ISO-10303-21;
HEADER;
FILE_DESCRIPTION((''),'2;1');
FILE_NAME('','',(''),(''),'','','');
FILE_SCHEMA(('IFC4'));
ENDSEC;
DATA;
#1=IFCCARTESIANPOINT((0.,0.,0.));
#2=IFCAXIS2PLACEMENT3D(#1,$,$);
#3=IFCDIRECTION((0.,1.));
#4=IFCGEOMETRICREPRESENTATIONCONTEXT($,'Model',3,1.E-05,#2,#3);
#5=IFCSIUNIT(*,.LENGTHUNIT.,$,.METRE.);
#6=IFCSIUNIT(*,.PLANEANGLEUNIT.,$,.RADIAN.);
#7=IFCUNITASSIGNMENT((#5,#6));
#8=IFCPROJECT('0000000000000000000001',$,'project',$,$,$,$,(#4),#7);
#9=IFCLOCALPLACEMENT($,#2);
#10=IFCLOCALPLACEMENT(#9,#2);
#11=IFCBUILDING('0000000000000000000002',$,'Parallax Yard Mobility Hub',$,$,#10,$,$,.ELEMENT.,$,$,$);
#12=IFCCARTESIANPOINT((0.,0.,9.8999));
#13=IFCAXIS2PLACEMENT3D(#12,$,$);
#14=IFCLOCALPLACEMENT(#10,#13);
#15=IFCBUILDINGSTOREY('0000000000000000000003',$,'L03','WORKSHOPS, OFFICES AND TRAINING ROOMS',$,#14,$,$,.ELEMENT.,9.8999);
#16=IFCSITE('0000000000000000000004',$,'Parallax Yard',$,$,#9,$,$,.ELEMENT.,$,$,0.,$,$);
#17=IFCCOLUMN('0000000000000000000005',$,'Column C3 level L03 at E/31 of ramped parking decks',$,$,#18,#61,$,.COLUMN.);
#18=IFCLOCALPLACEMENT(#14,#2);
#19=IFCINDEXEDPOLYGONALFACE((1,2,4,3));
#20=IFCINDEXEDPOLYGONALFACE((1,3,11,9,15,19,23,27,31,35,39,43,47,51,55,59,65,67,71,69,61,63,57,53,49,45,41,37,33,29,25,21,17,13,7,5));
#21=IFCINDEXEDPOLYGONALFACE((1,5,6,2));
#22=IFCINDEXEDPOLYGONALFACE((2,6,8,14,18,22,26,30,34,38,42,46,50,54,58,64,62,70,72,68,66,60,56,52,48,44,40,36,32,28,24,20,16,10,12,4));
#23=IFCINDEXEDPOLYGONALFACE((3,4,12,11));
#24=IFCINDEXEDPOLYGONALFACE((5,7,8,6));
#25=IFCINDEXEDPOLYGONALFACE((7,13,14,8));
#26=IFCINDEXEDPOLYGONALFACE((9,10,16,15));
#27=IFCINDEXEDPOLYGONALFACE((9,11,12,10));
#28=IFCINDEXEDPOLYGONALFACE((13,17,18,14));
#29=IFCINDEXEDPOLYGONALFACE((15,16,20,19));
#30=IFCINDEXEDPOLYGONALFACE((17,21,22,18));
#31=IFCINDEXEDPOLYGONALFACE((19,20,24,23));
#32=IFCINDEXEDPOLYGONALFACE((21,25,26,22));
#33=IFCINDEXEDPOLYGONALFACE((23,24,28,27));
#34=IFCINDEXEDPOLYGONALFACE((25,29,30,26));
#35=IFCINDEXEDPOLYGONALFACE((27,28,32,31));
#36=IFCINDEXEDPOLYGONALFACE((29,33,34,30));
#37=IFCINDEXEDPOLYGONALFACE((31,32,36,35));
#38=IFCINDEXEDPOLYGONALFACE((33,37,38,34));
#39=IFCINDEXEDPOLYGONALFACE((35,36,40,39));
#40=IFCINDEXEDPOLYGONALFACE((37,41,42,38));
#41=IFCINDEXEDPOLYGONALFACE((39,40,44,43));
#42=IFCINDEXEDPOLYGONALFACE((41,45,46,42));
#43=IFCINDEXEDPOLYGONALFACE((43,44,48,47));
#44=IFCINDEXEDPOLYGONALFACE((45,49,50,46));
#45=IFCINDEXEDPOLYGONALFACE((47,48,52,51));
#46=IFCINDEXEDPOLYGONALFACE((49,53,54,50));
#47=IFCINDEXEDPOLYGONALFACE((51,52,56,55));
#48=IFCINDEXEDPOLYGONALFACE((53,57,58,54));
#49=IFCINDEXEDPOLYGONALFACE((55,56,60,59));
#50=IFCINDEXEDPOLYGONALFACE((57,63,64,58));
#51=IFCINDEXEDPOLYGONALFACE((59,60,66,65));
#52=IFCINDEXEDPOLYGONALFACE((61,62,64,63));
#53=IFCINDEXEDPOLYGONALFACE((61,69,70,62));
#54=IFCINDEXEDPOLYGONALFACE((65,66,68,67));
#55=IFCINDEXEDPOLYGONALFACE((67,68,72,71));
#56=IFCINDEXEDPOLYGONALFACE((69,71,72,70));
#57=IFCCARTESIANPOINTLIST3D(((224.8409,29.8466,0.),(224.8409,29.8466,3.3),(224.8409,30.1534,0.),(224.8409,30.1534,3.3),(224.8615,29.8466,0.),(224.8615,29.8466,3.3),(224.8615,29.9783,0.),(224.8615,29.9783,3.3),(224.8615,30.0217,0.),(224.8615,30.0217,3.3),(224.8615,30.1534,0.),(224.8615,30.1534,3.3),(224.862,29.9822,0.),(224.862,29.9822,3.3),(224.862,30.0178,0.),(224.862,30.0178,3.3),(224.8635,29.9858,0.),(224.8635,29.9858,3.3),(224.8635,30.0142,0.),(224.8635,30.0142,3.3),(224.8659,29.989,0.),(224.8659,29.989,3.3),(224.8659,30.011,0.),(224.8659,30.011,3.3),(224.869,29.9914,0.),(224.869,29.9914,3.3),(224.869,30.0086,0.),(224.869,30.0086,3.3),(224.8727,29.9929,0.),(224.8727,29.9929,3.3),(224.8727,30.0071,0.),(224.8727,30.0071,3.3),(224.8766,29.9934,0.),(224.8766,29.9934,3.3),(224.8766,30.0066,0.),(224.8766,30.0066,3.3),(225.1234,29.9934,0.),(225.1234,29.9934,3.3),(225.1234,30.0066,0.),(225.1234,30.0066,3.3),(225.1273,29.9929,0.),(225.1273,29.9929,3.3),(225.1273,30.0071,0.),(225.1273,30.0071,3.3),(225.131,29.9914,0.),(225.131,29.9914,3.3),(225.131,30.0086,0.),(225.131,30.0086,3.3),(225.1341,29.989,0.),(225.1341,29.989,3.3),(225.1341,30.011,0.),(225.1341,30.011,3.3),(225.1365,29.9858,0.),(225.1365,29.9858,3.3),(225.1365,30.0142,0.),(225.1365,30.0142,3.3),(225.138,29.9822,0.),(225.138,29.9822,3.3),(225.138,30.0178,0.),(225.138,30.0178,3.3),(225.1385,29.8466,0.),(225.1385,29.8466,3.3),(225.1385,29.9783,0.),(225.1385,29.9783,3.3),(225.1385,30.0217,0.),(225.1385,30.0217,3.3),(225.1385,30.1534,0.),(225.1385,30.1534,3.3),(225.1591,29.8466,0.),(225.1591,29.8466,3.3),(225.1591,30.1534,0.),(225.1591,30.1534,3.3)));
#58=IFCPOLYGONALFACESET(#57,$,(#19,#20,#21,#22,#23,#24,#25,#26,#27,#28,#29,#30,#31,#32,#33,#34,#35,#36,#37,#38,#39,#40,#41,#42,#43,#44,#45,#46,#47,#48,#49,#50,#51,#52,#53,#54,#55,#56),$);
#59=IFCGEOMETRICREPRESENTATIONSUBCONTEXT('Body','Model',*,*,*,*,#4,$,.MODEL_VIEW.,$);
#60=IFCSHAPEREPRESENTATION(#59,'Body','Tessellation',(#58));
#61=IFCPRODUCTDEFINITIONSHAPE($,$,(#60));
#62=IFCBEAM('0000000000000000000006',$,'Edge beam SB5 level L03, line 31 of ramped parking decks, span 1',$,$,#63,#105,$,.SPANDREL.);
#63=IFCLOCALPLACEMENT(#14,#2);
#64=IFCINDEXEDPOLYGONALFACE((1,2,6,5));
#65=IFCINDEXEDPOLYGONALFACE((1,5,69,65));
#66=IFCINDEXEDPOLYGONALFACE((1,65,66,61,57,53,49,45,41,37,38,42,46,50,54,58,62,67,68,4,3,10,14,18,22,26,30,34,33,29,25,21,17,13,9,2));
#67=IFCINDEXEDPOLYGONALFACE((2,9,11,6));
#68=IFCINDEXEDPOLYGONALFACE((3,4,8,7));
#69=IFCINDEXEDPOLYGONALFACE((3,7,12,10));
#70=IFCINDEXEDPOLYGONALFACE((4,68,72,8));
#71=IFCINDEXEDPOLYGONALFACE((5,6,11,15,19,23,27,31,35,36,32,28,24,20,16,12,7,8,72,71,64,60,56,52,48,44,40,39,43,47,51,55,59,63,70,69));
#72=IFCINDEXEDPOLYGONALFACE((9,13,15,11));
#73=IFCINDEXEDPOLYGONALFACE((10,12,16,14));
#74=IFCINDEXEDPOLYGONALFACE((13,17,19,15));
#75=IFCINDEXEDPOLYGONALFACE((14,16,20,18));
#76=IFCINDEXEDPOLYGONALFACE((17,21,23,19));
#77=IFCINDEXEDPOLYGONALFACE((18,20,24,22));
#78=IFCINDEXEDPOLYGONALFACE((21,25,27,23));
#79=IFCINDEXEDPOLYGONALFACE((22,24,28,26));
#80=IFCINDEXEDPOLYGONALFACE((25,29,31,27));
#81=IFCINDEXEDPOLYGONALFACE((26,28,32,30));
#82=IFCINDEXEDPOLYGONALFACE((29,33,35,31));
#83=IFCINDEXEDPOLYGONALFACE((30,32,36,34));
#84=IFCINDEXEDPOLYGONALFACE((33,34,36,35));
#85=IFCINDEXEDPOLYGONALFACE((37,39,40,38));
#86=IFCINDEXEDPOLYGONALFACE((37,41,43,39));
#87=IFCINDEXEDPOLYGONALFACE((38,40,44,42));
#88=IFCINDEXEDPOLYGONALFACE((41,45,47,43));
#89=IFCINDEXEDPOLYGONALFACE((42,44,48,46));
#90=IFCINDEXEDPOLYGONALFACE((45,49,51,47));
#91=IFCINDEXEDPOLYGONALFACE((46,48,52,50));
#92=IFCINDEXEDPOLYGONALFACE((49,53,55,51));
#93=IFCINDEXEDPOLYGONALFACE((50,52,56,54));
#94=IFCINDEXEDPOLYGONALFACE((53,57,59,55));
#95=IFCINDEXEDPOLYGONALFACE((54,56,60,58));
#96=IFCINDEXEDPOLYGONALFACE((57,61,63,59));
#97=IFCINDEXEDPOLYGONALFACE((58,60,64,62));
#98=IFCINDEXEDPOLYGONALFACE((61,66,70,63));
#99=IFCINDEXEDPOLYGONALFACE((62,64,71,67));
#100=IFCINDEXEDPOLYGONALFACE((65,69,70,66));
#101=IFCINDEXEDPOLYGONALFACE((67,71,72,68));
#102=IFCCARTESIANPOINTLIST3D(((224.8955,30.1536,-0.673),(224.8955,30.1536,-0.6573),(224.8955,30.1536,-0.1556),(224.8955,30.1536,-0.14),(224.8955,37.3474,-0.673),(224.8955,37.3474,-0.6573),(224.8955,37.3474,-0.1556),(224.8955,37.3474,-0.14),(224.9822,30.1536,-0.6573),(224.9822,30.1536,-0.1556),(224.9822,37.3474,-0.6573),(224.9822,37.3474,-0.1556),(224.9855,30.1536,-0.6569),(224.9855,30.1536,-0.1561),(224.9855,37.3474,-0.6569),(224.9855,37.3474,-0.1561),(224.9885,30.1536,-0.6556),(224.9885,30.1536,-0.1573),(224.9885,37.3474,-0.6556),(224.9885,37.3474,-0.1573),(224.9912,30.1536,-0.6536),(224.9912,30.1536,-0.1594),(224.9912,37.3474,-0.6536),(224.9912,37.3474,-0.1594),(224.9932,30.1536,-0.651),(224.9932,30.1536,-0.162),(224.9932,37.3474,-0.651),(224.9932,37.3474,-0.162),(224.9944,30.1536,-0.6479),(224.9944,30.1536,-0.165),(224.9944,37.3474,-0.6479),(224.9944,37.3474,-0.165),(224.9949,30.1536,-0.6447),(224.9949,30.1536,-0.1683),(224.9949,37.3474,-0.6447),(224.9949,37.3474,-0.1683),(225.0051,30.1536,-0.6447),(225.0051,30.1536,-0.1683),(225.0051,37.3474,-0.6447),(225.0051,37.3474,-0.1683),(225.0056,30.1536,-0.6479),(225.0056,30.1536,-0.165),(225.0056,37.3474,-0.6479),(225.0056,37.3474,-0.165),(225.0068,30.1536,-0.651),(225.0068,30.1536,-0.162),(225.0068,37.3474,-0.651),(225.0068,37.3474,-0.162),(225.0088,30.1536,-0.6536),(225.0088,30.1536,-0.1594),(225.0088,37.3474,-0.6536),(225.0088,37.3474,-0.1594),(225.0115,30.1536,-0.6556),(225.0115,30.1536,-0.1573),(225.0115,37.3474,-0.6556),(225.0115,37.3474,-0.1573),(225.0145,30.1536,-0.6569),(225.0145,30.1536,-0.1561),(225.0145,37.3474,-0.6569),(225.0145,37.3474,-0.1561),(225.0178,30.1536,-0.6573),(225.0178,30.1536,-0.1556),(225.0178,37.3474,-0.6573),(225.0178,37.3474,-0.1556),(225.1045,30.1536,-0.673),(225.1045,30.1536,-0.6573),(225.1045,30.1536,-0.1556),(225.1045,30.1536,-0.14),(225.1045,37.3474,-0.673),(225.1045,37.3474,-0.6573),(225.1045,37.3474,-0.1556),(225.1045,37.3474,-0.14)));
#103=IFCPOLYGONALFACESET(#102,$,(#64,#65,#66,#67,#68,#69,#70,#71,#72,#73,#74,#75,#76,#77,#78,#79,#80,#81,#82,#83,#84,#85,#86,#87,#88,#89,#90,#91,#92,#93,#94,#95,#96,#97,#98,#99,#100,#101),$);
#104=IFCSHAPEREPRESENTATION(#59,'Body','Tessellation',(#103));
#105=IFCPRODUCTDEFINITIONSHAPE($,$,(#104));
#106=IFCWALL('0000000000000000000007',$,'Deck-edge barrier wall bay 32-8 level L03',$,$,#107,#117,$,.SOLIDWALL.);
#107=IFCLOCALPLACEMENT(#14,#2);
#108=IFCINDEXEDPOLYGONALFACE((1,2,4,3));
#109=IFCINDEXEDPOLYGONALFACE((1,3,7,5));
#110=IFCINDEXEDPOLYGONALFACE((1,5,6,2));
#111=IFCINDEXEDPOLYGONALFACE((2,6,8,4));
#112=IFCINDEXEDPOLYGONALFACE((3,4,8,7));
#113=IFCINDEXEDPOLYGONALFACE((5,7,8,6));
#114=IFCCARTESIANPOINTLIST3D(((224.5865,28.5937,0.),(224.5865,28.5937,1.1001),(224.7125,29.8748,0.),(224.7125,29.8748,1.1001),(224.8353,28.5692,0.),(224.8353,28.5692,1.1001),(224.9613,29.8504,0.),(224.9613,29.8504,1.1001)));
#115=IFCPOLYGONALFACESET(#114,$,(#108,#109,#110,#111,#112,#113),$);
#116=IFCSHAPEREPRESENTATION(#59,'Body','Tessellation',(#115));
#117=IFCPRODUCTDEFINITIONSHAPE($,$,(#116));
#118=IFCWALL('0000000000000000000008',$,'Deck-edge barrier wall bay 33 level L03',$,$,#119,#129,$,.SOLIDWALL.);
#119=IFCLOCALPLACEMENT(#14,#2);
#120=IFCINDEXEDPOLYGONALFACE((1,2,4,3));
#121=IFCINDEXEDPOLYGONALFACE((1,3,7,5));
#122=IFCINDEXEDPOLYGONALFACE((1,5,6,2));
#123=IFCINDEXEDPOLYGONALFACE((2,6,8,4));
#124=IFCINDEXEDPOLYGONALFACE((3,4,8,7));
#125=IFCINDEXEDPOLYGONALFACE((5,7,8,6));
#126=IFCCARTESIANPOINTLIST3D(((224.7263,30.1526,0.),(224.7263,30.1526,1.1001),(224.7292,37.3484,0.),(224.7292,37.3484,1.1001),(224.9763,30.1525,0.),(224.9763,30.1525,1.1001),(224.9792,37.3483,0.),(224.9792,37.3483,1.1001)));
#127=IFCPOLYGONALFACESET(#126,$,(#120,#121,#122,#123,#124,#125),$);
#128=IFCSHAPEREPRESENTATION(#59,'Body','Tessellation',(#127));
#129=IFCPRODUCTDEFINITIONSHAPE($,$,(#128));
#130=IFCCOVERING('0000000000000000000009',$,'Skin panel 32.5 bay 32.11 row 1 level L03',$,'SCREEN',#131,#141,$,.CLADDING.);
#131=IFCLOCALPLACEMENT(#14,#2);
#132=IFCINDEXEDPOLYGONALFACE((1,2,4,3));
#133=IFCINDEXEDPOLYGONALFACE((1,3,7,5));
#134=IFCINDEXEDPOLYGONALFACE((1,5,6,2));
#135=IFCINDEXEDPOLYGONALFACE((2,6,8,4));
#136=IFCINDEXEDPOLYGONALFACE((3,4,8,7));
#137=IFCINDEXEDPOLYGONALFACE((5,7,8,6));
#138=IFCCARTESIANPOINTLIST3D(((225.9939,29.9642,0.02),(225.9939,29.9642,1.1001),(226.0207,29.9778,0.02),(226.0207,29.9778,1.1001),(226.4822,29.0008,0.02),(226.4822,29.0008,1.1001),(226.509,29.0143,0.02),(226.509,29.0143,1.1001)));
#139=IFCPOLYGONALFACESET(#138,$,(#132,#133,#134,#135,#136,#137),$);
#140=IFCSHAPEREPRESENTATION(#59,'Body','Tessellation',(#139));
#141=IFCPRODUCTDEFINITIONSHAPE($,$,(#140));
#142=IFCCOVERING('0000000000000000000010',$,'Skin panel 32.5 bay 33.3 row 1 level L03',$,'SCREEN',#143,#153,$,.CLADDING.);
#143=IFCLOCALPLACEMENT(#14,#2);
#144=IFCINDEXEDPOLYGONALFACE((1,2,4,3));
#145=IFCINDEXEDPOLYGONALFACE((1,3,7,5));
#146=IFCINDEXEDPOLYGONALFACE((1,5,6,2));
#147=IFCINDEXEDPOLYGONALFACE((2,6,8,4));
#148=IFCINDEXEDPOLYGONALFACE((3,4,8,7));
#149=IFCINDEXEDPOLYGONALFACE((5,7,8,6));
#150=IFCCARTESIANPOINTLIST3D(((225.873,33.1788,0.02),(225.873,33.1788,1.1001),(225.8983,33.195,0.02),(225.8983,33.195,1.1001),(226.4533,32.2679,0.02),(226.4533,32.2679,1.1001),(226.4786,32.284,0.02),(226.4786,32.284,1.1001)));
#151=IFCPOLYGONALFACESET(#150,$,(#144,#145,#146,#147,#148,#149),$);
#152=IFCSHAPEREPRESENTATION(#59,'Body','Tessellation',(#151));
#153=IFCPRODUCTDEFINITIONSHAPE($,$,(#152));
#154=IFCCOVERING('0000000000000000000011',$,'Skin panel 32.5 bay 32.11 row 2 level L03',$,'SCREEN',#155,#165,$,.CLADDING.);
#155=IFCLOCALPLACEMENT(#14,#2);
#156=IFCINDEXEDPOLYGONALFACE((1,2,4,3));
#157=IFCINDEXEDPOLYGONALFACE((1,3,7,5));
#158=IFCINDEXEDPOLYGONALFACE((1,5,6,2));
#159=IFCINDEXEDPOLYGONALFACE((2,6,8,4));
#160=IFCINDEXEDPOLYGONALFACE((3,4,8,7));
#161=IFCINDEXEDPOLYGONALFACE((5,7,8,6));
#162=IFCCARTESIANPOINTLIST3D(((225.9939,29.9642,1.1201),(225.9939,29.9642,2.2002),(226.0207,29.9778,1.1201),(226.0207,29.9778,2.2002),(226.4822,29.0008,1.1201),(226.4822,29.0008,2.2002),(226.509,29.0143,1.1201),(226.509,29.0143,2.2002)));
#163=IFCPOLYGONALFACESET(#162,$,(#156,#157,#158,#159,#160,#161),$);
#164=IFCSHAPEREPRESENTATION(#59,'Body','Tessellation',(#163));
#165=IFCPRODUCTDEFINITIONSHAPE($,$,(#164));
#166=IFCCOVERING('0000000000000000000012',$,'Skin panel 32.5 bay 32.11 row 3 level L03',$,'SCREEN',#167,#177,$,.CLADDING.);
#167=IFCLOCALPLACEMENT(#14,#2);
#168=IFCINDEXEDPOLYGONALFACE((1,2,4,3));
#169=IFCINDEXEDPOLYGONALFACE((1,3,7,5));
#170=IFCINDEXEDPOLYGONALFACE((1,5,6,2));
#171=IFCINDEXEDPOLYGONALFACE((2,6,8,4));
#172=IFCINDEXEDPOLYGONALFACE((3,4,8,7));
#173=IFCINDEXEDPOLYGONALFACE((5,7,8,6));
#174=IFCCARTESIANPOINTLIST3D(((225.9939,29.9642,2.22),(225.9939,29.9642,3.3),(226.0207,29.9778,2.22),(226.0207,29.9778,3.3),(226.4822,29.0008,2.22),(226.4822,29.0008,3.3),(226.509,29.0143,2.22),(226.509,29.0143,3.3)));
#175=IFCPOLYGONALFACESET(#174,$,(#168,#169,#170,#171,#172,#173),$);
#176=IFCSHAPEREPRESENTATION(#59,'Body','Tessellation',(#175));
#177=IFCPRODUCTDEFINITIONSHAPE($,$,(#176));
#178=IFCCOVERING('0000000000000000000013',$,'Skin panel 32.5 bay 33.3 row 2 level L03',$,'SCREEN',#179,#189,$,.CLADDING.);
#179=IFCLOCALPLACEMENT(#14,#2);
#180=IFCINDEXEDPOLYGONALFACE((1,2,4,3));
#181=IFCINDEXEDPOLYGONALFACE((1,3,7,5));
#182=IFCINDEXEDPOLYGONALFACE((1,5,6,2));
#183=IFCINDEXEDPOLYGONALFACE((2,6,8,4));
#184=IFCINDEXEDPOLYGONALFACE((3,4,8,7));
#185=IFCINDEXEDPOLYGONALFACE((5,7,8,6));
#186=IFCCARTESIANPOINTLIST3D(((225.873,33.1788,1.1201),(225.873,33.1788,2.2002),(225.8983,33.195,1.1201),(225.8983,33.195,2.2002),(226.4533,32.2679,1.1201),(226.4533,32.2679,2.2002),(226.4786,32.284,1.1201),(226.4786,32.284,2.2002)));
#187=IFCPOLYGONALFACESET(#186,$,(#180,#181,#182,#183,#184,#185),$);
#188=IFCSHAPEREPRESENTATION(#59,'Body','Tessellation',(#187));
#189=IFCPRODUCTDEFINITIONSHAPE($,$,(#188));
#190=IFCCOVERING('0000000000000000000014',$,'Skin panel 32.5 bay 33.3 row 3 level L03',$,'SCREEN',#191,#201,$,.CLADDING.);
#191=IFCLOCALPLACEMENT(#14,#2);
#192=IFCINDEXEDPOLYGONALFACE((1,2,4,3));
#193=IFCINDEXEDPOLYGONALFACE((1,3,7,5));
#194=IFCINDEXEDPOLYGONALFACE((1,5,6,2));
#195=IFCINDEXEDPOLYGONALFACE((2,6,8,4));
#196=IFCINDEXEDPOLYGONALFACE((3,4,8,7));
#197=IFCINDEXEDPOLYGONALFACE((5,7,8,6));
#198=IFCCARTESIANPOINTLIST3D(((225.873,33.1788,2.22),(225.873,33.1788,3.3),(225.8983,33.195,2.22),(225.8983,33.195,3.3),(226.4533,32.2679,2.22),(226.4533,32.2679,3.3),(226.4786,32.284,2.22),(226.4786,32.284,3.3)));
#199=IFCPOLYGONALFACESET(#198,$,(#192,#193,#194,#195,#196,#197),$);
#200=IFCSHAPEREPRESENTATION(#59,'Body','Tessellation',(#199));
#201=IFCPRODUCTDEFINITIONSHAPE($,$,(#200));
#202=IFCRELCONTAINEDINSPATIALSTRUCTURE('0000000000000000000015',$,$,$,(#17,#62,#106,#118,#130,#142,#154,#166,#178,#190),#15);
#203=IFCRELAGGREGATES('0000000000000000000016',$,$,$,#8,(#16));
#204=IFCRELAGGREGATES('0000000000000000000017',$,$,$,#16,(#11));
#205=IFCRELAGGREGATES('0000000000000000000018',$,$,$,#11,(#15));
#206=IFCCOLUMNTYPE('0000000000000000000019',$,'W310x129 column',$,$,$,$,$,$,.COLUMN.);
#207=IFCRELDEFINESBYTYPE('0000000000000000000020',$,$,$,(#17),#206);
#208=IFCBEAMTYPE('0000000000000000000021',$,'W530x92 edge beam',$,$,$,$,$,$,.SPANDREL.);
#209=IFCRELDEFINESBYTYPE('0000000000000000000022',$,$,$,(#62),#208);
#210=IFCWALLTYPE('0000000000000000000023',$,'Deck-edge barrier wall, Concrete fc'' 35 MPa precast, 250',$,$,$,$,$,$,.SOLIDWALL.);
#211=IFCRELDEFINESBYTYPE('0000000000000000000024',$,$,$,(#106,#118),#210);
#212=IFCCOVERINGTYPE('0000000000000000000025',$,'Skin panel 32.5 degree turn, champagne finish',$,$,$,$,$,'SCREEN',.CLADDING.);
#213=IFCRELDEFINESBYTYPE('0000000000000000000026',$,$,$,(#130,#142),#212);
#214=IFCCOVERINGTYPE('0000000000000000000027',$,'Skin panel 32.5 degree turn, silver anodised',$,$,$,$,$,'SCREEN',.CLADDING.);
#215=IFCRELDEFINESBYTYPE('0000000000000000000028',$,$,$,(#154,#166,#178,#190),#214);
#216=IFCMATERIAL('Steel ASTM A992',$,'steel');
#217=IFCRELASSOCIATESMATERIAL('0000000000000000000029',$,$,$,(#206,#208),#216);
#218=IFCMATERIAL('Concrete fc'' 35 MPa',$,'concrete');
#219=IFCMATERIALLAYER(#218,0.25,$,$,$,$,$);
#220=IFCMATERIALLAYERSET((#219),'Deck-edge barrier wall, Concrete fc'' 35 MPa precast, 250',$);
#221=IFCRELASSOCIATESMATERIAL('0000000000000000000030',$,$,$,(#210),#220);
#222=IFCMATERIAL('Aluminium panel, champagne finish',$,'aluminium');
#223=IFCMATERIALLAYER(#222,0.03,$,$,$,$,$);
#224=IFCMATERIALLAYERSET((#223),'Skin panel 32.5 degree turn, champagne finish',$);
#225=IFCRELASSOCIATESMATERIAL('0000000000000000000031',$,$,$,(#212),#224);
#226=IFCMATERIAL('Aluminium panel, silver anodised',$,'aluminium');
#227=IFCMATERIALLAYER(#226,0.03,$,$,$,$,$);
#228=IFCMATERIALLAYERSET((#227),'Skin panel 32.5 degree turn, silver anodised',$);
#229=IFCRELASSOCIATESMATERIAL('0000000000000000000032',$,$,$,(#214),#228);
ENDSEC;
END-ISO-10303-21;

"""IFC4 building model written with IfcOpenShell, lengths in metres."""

from ifc_helpers import new_model, si_unit, direction, frame, frame_2d, origin, origin_2d, place, context, subcontext, project, spatial, rectangle, i_section, extrude, material, layer, layer_set, material_profile, profile_set, type_object, element, save


model = new_model("IFC4")

# Units and contexts
model_context = context("Model", 3, precision=1e-05, world=origin(), true_north=direction((0.0, 1.0)))
body_context = subcontext(model_context, "Body", "Model", "MODEL_VIEW")
ifc_project = project(units=[si_unit("LENGTHUNIT", "METRE"), si_unit("PLANEANGLEUNIT", "RADIAN")], contexts=[model_context])

# Site, building, storey
site_placement = place(None, origin())
site = spatial("IfcSite", under=ifc_project, at=site_placement, Name="Parallax Yard", CompositionType="ELEMENT", RefElevation=0.0)
building_placement = place(site_placement, origin())
building = spatial("IfcBuilding", under=site, at=building_placement, Name="Parallax Yard Mobility Hub", CompositionType="ELEMENT")
storey_placement = place(building_placement, frame((0.0, 0.0, 9.8999)))
storey = spatial("IfcBuildingStorey", under=building, at=storey_placement, Name="L03", Description="WORKSHOPS, OFFICES AND TRAINING ROOMS", CompositionType="ELEMENT", Elevation=9.8999)

# Column
ifc_material_1 = material(Name="Steel ASTM A992", Category="steel")
ifc_material_profile_1 = material_profile(ifc_material_1, i_section(OverallWidth=0.3069, OverallDepth=0.3181, WebThickness=0.0132, FlangeThickness=0.0205, FilletRadius=0.0151, at=origin_2d()), Name="W310x129")
ifc_profile_set_1 = profile_set([ifc_material_profile_1], Name="Steel ASTM A992")
column_type = type_object("IfcColumnType", Name="W310x129 column", PredefinedType="COLUMN", material=ifc_profile_set_1)
column_placement = place(storey_placement, frame((225.0, 30.0, 0.0), z_axis=(0.0, 0.0, 1.0), x_axis=(0.0, 1.0, 0.0)))
element("IfcColumn", 1, at=column_placement, inside=storey, type_object=column_type, Name="Column C3 level L03 at E/31 of ramped parking decks", PredefinedType="COLUMN", context=body_context, shape_type="SweptSolid", body=[
    extrude(i_section(OverallWidth=0.3069, OverallDepth=0.3181, WebThickness=0.0132, FlangeThickness=0.0205, FilletRadius=0.0151, at=origin_2d()), origin(), (0.0, 0.0, 1.0), 3.3),
])

# Beam
ifc_material_profile_2 = material_profile(ifc_material_1, i_section(OverallWidth=0.209, OverallDepth=0.533, WebThickness=0.0103, FlangeThickness=0.0156, FilletRadius=0.0127, at=origin_2d()), Name="W530x92")
ifc_profile_set_2 = profile_set([ifc_material_profile_2], Name="Steel ASTM A992")
beam_type = type_object("IfcBeamType", Name="W530x92 edge beam", PredefinedType="SPANDREL", material=ifc_profile_set_2)
beam_placement = place(storey_placement, frame((225.0, 30.1536, -0.4065), z_axis=(0.0, 1.0, 0.0), x_axis=(-1.0, 0.0, 0.0)))
element("IfcBeam", 2, at=beam_placement, inside=storey, type_object=beam_type, Name="Edge beam SB5 level L03, line 31 of ramped parking decks, span 1", PredefinedType="SPANDREL", context=body_context, shape_type="SweptSolid", body=[
    extrude(i_section(OverallWidth=0.209, OverallDepth=0.533, WebThickness=0.0103, FlangeThickness=0.0156, FilletRadius=0.0127, at=origin_2d()), origin(), (0.0, 0.0, 1.0), 7.1938),
])

# Walls
ifc_material_2 = material(Name="Concrete fc' 35 MPa", Category="concrete")
ifc_layer_1 = layer(ifc_material_2, 0.25)
ifc_layer_set_1 = layer_set([ifc_layer_1], Name="Deck-edge barrier wall, Concrete fc' 35 MPa precast, 250")
wall_type = type_object("IfcWallType", Name="Deck-edge barrier wall, Concrete fc' 35 MPa precast, 250", PredefinedType="SOLIDWALL", material=ifc_layer_set_1)
wall_1_placement = place(storey_placement, frame((224.7109, 28.5815, 0.0), z_axis=(0.0, 0.0, 1.0), x_axis=(0.097851, 0.995201, 0.0)))
element("IfcWall", 3, at=wall_1_placement, inside=storey, type_object=wall_type, Name="Deck-edge barrier wall bay 32-8 level L03", PredefinedType="SOLIDWALL", context=body_context, shape_type="SweptSolid", body=[
    extrude(rectangle(XDim=1.2874, YDim=0.25, at=frame_2d((0.6436, 0.0))), origin(), (0.0, 0.0, 1.0), 1.1001),
])
wall_2_placement = place(storey_placement, frame((224.8513, 30.1526, 0.0), z_axis=(0.0, 0.0, 1.0), x_axis=(0.000407, 1.0, 0.0)))
element("IfcWall", 4, at=wall_2_placement, inside=storey, type_object=wall_type, Name="Deck-edge barrier wall bay 33 level L03", PredefinedType="SOLIDWALL", context=body_context, shape_type="SweptSolid", body=[
    extrude(rectangle(XDim=7.1958, YDim=0.25, at=frame_2d((3.5979, 0.0))), origin(), (0.0, 0.0, 1.0), 1.1001),
])

# Coverings
ifc_material_3 = material(Name="Aluminium panel, champagne finish", Category="aluminium")
ifc_layer_2 = layer(ifc_material_3, 0.03)
ifc_layer_set_2 = layer_set([ifc_layer_2], Name="Skin panel 32.5 degree turn, champagne finish")
covering_type_1 = type_object("IfcCoveringType", Name="Skin panel 32.5 degree turn, champagne finish", ElementType="SCREEN", PredefinedType="CLADDING", material=ifc_layer_set_2)
for number, where, z_axis, x_axis, name in (
    (5, (226.2515, 29.4893, 0.02), (0.0, 0.0, 1.0), (0.452046, -0.891995, 0.0), "Skin panel 32.5 bay 32.11 row 1 level L03"),
    (6, (226.1758, 32.7314, 0.02), (0.0, 0.0, 1.0), (0.5373, -0.843391, 0.0), "Skin panel 32.5 bay 33.3 row 1 level L03"),
):
    element("IfcCovering", number, at=place(storey_placement, frame(where, z_axis=z_axis, x_axis=x_axis)), inside=storey, type_object=covering_type_1, Name=name, ObjectType="SCREEN", PredefinedType="CLADDING", context=body_context, shape_type="SweptSolid", body=[
        extrude(rectangle(XDim=1.0801, YDim=0.03, at=origin_2d()), origin(), (0.0, 0.0, 1.0), 1.0801),
    ])
ifc_material_4 = material(Name="Aluminium panel, silver anodised", Category="aluminium")
ifc_layer_3 = layer(ifc_material_4, 0.03)
ifc_layer_set_3 = layer_set([ifc_layer_3], Name="Skin panel 32.5 degree turn, silver anodised")
covering_type_2 = type_object("IfcCoveringType", Name="Skin panel 32.5 degree turn, silver anodised", ElementType="SCREEN", PredefinedType="CLADDING", material=ifc_layer_set_3)
for number, where, z_axis, x_axis, name in (
    (7, (226.2515, 29.4893, 1.1201), (0.0, 0.0, 1.0), (0.452046, -0.891995, 0.0), "Skin panel 32.5 bay 32.11 row 2 level L03"),
    (8, (226.2515, 29.4893, 2.22), (0.0, 0.0, 1.0), (0.452046, -0.891995, 0.0), "Skin panel 32.5 bay 32.11 row 3 level L03"),
    (9, (226.1758, 32.7314, 1.1201), (0.0, 0.0, 1.0), (0.5373, -0.843391, 0.0), "Skin panel 32.5 bay 33.3 row 2 level L03"),
    (10, (226.1758, 32.7314, 2.22), (0.0, 0.0, 1.0), (0.5373, -0.843391, 0.0), "Skin panel 32.5 bay 33.3 row 3 level L03"),
):
    element("IfcCovering", number, at=place(storey_placement, frame(where, z_axis=z_axis, x_axis=x_axis)), inside=storey, type_object=covering_type_2, Name=name, ObjectType="SCREEN", PredefinedType="CLADDING", context=body_context, shape_type="SweptSolid", body=[
        extrude(rectangle(XDim=1.0801, YDim=0.03, at=origin_2d()), origin(), (0.0, 0.0, 1.0), 1.0801),
    ])

save(model, "model.ifc")
